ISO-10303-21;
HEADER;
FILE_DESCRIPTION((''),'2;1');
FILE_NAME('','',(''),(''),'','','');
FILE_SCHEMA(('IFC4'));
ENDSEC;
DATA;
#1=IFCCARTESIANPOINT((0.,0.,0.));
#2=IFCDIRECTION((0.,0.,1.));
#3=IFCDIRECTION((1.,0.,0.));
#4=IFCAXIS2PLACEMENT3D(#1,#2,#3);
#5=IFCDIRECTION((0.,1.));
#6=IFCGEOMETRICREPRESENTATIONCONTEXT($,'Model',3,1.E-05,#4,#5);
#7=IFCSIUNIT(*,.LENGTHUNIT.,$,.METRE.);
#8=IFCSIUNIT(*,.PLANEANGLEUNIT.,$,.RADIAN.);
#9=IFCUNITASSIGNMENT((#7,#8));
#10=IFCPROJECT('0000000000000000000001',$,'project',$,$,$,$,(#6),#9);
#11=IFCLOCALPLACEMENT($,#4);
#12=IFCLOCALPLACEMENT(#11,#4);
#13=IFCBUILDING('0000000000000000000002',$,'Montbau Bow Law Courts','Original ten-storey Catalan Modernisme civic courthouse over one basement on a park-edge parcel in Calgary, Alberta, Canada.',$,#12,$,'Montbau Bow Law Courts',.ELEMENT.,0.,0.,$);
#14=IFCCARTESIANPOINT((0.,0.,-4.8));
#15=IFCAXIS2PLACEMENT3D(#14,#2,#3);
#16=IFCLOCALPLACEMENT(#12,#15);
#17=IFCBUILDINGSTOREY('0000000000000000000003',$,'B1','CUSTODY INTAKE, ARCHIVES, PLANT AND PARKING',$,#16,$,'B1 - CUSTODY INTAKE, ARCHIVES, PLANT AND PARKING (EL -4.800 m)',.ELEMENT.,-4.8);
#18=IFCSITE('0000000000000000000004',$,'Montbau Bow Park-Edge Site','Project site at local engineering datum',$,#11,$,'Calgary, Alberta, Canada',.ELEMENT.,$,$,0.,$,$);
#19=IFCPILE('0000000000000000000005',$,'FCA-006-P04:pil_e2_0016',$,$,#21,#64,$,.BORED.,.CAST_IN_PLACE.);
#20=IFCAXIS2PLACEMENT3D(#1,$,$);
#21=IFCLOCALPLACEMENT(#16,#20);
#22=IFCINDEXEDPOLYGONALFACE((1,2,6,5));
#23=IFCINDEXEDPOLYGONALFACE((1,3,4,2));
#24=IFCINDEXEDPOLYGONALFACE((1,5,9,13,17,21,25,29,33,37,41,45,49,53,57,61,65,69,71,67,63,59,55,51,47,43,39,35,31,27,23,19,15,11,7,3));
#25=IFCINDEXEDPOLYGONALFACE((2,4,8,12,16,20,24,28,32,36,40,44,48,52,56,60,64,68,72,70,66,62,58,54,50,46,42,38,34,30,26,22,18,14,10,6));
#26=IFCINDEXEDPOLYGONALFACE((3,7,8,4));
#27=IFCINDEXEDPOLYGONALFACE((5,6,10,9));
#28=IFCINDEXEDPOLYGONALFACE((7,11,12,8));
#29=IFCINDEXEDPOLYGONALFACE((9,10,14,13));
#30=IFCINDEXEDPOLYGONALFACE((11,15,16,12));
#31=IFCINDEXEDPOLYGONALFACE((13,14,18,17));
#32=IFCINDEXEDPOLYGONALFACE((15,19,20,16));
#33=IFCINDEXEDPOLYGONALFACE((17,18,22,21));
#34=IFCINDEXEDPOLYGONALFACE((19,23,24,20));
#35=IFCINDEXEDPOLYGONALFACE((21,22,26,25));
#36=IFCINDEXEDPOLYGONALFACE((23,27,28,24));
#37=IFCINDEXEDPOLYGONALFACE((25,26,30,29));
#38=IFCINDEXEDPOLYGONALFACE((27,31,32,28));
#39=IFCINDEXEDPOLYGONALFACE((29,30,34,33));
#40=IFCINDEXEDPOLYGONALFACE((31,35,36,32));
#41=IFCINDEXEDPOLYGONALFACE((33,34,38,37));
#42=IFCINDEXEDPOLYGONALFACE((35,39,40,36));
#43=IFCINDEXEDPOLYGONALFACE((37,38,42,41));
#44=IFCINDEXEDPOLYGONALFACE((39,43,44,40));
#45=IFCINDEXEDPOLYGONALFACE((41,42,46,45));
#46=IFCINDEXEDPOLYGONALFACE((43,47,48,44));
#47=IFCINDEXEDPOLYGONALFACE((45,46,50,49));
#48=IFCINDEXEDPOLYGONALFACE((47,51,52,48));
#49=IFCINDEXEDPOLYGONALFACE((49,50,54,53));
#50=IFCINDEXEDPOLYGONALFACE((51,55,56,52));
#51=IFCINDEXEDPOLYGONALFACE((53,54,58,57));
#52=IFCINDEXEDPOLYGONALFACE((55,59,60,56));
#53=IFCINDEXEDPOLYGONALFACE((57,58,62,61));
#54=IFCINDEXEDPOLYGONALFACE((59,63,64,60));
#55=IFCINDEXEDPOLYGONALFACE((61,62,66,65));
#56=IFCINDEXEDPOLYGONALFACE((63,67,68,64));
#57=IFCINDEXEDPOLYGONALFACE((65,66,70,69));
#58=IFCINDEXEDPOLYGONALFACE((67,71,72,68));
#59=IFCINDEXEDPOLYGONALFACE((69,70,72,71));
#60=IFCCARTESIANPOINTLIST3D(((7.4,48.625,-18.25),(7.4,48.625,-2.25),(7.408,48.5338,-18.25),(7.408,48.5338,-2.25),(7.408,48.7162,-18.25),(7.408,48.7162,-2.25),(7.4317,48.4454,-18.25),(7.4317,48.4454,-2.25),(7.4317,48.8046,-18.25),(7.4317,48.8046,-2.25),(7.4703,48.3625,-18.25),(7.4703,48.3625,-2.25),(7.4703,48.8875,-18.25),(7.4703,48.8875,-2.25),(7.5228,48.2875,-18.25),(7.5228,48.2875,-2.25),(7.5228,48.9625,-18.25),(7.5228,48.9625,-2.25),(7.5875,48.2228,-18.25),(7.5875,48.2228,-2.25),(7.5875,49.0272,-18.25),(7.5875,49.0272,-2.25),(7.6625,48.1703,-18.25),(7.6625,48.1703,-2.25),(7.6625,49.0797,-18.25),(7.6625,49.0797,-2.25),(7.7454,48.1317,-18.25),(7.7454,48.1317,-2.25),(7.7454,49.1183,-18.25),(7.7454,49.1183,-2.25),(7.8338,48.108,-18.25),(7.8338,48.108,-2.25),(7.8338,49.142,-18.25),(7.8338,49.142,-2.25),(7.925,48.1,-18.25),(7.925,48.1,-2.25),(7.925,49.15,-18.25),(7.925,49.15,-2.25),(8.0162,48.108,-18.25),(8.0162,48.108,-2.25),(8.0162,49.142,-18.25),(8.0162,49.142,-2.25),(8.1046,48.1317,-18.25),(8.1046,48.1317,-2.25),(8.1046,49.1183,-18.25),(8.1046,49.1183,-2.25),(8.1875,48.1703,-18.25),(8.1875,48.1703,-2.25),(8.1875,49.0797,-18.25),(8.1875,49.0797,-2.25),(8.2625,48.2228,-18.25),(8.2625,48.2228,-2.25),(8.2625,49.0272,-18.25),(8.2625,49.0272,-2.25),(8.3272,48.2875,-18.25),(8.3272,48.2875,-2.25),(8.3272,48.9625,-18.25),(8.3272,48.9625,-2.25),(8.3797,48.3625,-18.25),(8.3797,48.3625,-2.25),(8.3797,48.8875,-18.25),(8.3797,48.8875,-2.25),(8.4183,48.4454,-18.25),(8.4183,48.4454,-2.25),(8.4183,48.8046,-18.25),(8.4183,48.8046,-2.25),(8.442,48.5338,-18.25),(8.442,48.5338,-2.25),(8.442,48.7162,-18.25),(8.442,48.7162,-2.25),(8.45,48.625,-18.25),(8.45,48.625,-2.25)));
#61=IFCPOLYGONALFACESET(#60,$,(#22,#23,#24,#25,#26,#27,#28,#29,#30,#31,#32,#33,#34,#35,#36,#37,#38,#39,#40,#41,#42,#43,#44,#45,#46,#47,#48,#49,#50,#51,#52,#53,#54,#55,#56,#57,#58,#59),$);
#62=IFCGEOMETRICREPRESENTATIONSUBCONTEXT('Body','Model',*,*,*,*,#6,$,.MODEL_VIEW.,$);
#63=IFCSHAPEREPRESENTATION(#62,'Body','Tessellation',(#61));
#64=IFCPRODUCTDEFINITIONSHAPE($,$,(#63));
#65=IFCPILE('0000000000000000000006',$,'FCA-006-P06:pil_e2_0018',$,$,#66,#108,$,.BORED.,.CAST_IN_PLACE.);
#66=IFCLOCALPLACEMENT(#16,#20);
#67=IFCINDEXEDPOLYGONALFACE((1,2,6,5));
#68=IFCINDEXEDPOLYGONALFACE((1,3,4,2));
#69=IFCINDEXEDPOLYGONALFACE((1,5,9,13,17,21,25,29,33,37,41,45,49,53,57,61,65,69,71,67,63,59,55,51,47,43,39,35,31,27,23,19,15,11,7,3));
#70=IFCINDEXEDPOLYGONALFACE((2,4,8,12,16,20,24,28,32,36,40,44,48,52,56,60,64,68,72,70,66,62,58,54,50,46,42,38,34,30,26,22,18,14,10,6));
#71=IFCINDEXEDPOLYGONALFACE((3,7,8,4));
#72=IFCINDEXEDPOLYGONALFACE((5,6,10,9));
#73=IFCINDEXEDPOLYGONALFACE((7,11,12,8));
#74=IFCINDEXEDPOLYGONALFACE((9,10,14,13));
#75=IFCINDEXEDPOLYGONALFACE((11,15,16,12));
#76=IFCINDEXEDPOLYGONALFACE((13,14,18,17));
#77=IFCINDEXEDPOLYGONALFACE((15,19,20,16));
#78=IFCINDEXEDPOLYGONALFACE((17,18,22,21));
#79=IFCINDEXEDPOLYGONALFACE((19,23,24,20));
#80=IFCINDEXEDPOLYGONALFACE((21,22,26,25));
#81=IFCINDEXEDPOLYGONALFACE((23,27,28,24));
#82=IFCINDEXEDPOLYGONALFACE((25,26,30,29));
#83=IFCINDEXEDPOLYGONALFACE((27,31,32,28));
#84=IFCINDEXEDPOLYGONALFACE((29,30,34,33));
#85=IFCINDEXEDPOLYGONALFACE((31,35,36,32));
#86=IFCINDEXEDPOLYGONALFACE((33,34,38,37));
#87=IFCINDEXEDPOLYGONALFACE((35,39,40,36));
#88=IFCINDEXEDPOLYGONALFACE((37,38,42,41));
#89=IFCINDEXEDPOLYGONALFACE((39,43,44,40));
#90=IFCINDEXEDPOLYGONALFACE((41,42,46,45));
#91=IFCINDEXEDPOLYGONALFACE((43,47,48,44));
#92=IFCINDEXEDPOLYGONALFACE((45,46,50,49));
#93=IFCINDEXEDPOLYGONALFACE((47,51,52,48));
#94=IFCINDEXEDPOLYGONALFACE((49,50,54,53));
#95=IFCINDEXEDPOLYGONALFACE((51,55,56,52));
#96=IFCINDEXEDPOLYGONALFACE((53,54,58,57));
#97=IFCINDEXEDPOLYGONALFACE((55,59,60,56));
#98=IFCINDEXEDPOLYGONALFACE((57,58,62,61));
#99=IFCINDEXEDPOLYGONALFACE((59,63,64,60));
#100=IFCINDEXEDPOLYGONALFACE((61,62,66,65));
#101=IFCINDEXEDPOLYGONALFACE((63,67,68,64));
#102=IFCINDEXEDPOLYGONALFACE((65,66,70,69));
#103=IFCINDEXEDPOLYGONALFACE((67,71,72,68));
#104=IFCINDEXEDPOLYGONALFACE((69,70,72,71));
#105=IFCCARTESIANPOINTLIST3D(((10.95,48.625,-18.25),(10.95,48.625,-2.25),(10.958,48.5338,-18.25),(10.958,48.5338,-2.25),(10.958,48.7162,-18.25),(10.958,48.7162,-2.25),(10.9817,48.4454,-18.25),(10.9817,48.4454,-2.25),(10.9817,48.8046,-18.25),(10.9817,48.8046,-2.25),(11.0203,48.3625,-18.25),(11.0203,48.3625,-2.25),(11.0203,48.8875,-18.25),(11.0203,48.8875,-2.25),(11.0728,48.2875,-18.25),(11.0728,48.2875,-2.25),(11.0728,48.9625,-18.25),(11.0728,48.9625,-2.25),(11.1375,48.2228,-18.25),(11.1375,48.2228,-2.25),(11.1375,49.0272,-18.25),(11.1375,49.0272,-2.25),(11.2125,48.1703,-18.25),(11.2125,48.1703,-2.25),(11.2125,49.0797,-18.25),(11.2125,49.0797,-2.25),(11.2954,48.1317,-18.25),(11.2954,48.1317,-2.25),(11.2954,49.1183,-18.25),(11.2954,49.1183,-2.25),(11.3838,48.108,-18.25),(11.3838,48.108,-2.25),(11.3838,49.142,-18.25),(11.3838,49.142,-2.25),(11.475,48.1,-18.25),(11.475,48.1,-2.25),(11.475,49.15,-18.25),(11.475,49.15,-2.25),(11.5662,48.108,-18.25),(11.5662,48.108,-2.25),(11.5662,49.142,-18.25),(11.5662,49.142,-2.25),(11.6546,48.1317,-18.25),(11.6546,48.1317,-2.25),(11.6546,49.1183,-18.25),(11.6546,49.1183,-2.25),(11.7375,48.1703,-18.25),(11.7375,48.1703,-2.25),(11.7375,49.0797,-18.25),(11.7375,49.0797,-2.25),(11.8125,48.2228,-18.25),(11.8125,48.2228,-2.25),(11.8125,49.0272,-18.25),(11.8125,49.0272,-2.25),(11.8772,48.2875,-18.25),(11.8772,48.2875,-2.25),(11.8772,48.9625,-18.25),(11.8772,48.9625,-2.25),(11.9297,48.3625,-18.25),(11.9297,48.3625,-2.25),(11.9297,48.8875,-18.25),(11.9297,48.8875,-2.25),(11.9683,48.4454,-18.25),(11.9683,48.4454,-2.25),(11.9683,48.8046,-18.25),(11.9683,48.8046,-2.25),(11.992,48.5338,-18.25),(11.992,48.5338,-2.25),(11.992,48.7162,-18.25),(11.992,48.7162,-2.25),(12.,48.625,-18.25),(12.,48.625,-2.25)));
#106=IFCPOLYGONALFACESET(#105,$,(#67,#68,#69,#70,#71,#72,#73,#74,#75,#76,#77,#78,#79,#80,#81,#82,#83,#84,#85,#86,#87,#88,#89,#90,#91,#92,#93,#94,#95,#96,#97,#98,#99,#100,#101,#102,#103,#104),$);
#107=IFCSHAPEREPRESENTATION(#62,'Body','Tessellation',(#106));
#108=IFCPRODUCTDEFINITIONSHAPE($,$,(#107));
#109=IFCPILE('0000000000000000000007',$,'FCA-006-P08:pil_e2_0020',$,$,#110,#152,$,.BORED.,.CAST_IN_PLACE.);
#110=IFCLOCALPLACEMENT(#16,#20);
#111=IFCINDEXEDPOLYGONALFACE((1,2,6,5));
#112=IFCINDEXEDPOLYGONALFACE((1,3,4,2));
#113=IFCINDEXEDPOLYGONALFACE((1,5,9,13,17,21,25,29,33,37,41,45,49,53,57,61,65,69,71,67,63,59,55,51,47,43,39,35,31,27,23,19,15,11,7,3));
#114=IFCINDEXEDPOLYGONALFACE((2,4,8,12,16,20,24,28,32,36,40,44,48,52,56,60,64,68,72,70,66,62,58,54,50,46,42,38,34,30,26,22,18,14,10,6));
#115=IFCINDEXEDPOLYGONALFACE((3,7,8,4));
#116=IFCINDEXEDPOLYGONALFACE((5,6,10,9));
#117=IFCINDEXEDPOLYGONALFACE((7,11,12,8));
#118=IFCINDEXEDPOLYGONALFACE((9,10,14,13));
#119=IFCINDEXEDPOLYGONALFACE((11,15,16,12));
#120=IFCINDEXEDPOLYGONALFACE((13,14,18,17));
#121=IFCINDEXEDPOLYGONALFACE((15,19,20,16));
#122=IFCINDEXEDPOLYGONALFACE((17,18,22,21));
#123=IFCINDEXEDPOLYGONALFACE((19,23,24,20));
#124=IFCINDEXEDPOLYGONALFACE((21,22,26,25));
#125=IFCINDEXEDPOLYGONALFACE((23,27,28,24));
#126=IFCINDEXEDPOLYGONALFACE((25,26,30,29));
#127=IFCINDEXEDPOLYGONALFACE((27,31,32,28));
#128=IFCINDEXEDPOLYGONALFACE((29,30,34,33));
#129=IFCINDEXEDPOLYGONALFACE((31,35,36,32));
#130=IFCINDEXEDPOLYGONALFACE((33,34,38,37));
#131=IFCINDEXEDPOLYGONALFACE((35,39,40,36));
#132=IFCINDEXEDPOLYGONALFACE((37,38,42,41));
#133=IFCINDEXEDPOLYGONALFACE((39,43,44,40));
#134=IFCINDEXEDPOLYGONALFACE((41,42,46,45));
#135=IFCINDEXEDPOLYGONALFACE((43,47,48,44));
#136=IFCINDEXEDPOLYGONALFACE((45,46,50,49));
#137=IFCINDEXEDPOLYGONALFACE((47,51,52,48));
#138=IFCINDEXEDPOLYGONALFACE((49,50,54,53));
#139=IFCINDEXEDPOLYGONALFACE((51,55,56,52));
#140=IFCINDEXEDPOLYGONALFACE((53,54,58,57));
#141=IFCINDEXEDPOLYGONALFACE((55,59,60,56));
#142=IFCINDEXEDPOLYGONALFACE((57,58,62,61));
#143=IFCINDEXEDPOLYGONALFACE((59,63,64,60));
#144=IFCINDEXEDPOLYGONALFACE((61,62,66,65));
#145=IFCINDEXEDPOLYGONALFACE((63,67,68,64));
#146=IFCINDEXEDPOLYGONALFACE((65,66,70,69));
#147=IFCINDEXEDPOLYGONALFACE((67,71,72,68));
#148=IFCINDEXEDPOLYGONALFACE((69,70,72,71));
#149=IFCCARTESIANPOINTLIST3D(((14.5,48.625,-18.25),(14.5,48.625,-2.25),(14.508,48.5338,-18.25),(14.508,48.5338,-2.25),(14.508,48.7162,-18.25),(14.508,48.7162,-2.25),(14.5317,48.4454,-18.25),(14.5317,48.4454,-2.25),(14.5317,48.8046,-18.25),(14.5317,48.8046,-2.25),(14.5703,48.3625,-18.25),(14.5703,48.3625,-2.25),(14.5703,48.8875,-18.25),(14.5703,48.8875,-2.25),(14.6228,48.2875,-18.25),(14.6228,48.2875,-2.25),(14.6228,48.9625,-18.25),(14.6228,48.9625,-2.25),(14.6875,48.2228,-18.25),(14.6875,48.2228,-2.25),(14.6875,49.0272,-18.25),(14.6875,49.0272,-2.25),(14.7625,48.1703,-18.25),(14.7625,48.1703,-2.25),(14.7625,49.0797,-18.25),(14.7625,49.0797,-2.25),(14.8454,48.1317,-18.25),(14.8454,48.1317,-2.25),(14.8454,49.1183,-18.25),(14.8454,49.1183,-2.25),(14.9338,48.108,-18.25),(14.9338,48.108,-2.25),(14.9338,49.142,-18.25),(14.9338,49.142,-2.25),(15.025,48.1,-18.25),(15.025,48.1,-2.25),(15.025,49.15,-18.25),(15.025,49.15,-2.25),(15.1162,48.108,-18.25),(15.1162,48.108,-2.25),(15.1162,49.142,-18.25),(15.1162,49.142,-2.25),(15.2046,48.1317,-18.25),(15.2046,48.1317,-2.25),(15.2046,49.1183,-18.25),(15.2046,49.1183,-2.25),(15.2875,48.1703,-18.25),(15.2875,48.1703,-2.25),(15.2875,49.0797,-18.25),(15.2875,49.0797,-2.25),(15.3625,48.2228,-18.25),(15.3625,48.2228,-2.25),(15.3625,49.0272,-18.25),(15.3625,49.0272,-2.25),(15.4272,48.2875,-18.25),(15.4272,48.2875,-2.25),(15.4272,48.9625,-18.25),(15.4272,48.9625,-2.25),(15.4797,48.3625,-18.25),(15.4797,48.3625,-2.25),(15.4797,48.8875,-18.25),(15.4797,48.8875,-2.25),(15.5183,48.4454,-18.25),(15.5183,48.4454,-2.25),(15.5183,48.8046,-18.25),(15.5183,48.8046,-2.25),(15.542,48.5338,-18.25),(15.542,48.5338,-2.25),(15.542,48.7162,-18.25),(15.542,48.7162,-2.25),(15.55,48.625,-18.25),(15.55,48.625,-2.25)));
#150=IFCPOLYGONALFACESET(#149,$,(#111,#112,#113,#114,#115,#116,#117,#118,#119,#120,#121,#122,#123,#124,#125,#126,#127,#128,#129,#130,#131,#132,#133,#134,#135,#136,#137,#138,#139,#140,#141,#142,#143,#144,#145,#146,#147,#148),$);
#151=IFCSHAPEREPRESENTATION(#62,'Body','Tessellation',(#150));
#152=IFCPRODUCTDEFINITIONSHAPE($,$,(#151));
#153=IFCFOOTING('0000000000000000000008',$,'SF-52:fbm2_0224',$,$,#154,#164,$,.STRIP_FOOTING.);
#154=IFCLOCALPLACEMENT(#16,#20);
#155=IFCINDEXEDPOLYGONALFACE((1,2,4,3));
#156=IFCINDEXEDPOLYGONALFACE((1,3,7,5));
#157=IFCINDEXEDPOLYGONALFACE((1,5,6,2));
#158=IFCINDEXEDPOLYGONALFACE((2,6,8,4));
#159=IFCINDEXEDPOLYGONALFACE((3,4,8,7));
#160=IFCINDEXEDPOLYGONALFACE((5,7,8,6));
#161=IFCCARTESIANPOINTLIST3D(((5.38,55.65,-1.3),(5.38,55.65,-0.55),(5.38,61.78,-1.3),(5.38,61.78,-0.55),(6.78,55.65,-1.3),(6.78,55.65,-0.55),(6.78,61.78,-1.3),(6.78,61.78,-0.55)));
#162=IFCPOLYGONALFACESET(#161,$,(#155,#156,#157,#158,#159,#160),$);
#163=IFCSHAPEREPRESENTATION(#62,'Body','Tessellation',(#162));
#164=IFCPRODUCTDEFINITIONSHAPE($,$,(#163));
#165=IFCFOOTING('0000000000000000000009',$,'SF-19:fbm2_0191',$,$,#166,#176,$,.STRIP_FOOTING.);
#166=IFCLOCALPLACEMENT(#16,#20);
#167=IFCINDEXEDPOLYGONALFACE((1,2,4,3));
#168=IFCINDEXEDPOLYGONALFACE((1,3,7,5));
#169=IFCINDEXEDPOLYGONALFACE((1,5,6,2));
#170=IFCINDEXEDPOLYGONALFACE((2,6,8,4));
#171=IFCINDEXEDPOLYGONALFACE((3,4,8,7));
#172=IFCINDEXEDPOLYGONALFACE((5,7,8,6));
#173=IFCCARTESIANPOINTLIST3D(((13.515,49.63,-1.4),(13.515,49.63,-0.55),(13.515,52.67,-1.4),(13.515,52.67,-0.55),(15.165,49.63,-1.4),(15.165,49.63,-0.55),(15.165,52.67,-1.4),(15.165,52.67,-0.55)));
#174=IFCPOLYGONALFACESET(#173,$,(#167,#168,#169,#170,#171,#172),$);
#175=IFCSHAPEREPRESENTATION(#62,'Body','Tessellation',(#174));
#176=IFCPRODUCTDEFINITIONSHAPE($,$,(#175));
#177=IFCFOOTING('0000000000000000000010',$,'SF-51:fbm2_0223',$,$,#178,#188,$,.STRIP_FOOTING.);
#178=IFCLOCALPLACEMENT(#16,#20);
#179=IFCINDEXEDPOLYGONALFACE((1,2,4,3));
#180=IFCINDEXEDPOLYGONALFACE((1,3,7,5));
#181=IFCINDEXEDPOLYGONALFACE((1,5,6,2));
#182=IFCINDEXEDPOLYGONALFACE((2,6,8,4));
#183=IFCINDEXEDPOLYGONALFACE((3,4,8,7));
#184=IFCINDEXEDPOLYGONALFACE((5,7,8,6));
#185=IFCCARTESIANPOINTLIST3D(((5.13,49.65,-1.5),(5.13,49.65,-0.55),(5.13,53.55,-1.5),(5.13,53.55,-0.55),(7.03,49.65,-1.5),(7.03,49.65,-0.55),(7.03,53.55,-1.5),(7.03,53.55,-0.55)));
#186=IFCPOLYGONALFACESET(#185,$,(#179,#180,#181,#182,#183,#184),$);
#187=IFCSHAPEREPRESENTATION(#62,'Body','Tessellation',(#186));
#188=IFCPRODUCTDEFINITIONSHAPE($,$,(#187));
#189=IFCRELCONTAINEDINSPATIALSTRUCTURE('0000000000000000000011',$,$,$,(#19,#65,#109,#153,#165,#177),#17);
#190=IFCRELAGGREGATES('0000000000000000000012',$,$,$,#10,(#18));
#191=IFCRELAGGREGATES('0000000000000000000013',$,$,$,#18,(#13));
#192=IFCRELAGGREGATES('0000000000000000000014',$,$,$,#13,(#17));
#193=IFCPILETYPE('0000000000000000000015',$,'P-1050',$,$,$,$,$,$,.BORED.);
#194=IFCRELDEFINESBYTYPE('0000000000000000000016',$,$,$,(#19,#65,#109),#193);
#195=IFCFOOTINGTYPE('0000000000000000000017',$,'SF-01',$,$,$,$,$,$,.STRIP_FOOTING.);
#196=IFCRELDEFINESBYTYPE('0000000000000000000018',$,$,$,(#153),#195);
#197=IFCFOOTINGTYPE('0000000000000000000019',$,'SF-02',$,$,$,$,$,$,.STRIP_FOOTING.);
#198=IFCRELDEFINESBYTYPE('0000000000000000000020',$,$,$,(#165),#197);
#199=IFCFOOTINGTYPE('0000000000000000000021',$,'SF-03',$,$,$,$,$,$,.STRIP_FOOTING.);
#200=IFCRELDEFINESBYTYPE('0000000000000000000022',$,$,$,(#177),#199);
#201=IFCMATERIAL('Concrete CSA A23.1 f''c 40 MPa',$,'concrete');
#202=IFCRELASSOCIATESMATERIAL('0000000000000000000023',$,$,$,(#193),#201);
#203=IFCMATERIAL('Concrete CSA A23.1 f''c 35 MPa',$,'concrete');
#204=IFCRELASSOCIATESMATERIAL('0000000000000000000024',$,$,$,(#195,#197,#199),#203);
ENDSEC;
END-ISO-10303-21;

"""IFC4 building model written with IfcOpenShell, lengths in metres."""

from ifc_helpers import new_model, si_unit, direction, frame, origin_with_axes, origin_2d_with_axis, place, context, subcontext, project, spatial, rectangle, circle, extrude, material, material_profile, profile_set, type_object, element, save


model = new_model("IFC4")

# Units and contexts
model_context = context("Model", 3, precision=1e-05, world=origin_with_axes(), true_north=direction((0.0, 1.0)))
body_context = subcontext(model_context, "Body", "Model", "MODEL_VIEW")
ifc_project = project(units=[si_unit("LENGTHUNIT", "METRE"), si_unit("PLANEANGLEUNIT", "RADIAN")], contexts=[model_context])

# Site, building, storey
site_placement = place(None, origin_with_axes())
site = spatial("IfcSite", under=ifc_project, at=site_placement, Name="Montbau Bow Park-Edge Site", Description="Project site at local engineering datum", LongName="Calgary, Alberta, Canada", CompositionType="ELEMENT", RefElevation=0.0)
building_placement = place(site_placement, origin_with_axes())
building = spatial("IfcBuilding", under=site, at=building_placement, Name="Montbau Bow Law Courts", Description="Original ten-storey Catalan Modernisme civic courthouse over one basement on a park-edge parcel in Calgary, Alberta, Canada.", LongName="Montbau Bow Law Courts", CompositionType="ELEMENT", ElevationOfRefHeight=0.0, ElevationOfTerrain=0.0)
storey_placement = place(building_placement, frame((0.0, 0.0, -4.8), z_axis=(0.0, 0.0, 1.0), x_axis=(1.0, 0.0, 0.0)))
storey = spatial("IfcBuildingStorey", under=building, at=storey_placement, Name="B1", Description="CUSTODY INTAKE, ARCHIVES, PLANT AND PARKING", LongName="B1 - CUSTODY INTAKE, ARCHIVES, PLANT AND PARKING (EL -4.800 m)", CompositionType="ELEMENT", Elevation=-4.8)

# Shared definitions
ifc_material_1 = material(Name="Concrete CSA A23.1 f'c 35 MPa", Category="concrete")

# Piles
ifc_material_2 = material(Name="Concrete CSA A23.1 f'c 40 MPa", Category="concrete")
ifc_material_profile_1 = material_profile(ifc_material_2, circle(Radius=0.525, at=origin_2d_with_axis()), Name="BP1050", Category="Main", Priority=0)
ifc_profile_set_1 = profile_set([ifc_material_profile_1], Name="Concrete CSA A23.1 f'c 40 MPa")
pile_type_1 = type_object("IfcPileType", Name="P-1050", PredefinedType="BORED", material=ifc_profile_set_1)
for number, where, z_axis, x_axis, name in (
    (1, (7.925, 48.625, -23.05), (0.0, 0.0, 1.0), (1.0, 0.0, 0.0), "FCA-006-P04:pil_e2_0016"),
    (2, (11.475, 48.625, -23.05), (0.0, 0.0, 1.0), (1.0, 0.0, 0.0), "FCA-006-P06:pil_e2_0018"),
    (3, (15.025, 48.625, -23.05), (0.0, 0.0, 1.0), (1.0, 0.0, 0.0), "FCA-006-P08:pil_e2_0020"),
):
    element("IfcPile", number, at=place(None, frame(where, z_axis=z_axis, x_axis=x_axis)), inside=storey, type_object=pile_type_1, Name=name, ConstructionType="CAST_IN_PLACE", PredefinedType="BORED", context=body_context, shape_type="SweptSolid", body=[
        extrude(circle(Radius=0.525, at=origin_2d_with_axis()), origin_with_axes(), (0.0, 0.0, 1.0), 16.0),
    ])

# Footings
footing_type_1 = type_object("IfcFootingType", Name="SF-01", PredefinedType="STRIP_FOOTING", material=ifc_material_1)
footing_1_placement = place(None, frame((6.08, 58.715, -6.1), z_axis=(0.0, 0.0, 1.0), x_axis=(0.0, 1.0, 0.0)))
element("IfcFooting", 4, at=footing_1_placement, inside=storey, type_object=footing_type_1, Name="SF-52:fbm2_0224", PredefinedType="STRIP_FOOTING", context=body_context, shape_type="SweptSolid", body=[
    extrude(rectangle(XDim=6.13, YDim=1.4, at=origin_2d_with_axis()), origin_with_axes(), (0.0, 0.0, 1.0), 0.75),
])
footing_type_2 = type_object("IfcFootingType", Name="SF-02", PredefinedType="STRIP_FOOTING", material=ifc_material_1)
footing_2_placement = place(None, frame((14.34, 51.15, -6.2), z_axis=(0.0, 0.0, 1.0), x_axis=(0.0, 1.0, 0.0)))
element("IfcFooting", 5, at=footing_2_placement, inside=storey, type_object=footing_type_2, Name="SF-19:fbm2_0191", PredefinedType="STRIP_FOOTING", context=body_context, shape_type="SweptSolid", body=[
    extrude(rectangle(XDim=3.04, YDim=1.65, at=origin_2d_with_axis()), origin_with_axes(), (0.0, 0.0, 1.0), 0.85),
])
footing_type_3 = type_object("IfcFootingType", Name="SF-03", PredefinedType="STRIP_FOOTING", material=ifc_material_1)
footing_3_placement = place(None, frame((6.08, 51.6, -6.3), z_axis=(0.0, 0.0, 1.0), x_axis=(0.0, 1.0, 0.0)))
element("IfcFooting", 6, at=footing_3_placement, inside=storey, type_object=footing_type_3, Name="SF-51:fbm2_0223", PredefinedType="STRIP_FOOTING", context=body_context, shape_type="SweptSolid", body=[
    extrude(rectangle(XDim=3.9, YDim=1.9, at=origin_2d_with_axis()), origin_with_axes(), (0.0, 0.0, 1.0), 0.95),
])

save(model, "model.ifc")
